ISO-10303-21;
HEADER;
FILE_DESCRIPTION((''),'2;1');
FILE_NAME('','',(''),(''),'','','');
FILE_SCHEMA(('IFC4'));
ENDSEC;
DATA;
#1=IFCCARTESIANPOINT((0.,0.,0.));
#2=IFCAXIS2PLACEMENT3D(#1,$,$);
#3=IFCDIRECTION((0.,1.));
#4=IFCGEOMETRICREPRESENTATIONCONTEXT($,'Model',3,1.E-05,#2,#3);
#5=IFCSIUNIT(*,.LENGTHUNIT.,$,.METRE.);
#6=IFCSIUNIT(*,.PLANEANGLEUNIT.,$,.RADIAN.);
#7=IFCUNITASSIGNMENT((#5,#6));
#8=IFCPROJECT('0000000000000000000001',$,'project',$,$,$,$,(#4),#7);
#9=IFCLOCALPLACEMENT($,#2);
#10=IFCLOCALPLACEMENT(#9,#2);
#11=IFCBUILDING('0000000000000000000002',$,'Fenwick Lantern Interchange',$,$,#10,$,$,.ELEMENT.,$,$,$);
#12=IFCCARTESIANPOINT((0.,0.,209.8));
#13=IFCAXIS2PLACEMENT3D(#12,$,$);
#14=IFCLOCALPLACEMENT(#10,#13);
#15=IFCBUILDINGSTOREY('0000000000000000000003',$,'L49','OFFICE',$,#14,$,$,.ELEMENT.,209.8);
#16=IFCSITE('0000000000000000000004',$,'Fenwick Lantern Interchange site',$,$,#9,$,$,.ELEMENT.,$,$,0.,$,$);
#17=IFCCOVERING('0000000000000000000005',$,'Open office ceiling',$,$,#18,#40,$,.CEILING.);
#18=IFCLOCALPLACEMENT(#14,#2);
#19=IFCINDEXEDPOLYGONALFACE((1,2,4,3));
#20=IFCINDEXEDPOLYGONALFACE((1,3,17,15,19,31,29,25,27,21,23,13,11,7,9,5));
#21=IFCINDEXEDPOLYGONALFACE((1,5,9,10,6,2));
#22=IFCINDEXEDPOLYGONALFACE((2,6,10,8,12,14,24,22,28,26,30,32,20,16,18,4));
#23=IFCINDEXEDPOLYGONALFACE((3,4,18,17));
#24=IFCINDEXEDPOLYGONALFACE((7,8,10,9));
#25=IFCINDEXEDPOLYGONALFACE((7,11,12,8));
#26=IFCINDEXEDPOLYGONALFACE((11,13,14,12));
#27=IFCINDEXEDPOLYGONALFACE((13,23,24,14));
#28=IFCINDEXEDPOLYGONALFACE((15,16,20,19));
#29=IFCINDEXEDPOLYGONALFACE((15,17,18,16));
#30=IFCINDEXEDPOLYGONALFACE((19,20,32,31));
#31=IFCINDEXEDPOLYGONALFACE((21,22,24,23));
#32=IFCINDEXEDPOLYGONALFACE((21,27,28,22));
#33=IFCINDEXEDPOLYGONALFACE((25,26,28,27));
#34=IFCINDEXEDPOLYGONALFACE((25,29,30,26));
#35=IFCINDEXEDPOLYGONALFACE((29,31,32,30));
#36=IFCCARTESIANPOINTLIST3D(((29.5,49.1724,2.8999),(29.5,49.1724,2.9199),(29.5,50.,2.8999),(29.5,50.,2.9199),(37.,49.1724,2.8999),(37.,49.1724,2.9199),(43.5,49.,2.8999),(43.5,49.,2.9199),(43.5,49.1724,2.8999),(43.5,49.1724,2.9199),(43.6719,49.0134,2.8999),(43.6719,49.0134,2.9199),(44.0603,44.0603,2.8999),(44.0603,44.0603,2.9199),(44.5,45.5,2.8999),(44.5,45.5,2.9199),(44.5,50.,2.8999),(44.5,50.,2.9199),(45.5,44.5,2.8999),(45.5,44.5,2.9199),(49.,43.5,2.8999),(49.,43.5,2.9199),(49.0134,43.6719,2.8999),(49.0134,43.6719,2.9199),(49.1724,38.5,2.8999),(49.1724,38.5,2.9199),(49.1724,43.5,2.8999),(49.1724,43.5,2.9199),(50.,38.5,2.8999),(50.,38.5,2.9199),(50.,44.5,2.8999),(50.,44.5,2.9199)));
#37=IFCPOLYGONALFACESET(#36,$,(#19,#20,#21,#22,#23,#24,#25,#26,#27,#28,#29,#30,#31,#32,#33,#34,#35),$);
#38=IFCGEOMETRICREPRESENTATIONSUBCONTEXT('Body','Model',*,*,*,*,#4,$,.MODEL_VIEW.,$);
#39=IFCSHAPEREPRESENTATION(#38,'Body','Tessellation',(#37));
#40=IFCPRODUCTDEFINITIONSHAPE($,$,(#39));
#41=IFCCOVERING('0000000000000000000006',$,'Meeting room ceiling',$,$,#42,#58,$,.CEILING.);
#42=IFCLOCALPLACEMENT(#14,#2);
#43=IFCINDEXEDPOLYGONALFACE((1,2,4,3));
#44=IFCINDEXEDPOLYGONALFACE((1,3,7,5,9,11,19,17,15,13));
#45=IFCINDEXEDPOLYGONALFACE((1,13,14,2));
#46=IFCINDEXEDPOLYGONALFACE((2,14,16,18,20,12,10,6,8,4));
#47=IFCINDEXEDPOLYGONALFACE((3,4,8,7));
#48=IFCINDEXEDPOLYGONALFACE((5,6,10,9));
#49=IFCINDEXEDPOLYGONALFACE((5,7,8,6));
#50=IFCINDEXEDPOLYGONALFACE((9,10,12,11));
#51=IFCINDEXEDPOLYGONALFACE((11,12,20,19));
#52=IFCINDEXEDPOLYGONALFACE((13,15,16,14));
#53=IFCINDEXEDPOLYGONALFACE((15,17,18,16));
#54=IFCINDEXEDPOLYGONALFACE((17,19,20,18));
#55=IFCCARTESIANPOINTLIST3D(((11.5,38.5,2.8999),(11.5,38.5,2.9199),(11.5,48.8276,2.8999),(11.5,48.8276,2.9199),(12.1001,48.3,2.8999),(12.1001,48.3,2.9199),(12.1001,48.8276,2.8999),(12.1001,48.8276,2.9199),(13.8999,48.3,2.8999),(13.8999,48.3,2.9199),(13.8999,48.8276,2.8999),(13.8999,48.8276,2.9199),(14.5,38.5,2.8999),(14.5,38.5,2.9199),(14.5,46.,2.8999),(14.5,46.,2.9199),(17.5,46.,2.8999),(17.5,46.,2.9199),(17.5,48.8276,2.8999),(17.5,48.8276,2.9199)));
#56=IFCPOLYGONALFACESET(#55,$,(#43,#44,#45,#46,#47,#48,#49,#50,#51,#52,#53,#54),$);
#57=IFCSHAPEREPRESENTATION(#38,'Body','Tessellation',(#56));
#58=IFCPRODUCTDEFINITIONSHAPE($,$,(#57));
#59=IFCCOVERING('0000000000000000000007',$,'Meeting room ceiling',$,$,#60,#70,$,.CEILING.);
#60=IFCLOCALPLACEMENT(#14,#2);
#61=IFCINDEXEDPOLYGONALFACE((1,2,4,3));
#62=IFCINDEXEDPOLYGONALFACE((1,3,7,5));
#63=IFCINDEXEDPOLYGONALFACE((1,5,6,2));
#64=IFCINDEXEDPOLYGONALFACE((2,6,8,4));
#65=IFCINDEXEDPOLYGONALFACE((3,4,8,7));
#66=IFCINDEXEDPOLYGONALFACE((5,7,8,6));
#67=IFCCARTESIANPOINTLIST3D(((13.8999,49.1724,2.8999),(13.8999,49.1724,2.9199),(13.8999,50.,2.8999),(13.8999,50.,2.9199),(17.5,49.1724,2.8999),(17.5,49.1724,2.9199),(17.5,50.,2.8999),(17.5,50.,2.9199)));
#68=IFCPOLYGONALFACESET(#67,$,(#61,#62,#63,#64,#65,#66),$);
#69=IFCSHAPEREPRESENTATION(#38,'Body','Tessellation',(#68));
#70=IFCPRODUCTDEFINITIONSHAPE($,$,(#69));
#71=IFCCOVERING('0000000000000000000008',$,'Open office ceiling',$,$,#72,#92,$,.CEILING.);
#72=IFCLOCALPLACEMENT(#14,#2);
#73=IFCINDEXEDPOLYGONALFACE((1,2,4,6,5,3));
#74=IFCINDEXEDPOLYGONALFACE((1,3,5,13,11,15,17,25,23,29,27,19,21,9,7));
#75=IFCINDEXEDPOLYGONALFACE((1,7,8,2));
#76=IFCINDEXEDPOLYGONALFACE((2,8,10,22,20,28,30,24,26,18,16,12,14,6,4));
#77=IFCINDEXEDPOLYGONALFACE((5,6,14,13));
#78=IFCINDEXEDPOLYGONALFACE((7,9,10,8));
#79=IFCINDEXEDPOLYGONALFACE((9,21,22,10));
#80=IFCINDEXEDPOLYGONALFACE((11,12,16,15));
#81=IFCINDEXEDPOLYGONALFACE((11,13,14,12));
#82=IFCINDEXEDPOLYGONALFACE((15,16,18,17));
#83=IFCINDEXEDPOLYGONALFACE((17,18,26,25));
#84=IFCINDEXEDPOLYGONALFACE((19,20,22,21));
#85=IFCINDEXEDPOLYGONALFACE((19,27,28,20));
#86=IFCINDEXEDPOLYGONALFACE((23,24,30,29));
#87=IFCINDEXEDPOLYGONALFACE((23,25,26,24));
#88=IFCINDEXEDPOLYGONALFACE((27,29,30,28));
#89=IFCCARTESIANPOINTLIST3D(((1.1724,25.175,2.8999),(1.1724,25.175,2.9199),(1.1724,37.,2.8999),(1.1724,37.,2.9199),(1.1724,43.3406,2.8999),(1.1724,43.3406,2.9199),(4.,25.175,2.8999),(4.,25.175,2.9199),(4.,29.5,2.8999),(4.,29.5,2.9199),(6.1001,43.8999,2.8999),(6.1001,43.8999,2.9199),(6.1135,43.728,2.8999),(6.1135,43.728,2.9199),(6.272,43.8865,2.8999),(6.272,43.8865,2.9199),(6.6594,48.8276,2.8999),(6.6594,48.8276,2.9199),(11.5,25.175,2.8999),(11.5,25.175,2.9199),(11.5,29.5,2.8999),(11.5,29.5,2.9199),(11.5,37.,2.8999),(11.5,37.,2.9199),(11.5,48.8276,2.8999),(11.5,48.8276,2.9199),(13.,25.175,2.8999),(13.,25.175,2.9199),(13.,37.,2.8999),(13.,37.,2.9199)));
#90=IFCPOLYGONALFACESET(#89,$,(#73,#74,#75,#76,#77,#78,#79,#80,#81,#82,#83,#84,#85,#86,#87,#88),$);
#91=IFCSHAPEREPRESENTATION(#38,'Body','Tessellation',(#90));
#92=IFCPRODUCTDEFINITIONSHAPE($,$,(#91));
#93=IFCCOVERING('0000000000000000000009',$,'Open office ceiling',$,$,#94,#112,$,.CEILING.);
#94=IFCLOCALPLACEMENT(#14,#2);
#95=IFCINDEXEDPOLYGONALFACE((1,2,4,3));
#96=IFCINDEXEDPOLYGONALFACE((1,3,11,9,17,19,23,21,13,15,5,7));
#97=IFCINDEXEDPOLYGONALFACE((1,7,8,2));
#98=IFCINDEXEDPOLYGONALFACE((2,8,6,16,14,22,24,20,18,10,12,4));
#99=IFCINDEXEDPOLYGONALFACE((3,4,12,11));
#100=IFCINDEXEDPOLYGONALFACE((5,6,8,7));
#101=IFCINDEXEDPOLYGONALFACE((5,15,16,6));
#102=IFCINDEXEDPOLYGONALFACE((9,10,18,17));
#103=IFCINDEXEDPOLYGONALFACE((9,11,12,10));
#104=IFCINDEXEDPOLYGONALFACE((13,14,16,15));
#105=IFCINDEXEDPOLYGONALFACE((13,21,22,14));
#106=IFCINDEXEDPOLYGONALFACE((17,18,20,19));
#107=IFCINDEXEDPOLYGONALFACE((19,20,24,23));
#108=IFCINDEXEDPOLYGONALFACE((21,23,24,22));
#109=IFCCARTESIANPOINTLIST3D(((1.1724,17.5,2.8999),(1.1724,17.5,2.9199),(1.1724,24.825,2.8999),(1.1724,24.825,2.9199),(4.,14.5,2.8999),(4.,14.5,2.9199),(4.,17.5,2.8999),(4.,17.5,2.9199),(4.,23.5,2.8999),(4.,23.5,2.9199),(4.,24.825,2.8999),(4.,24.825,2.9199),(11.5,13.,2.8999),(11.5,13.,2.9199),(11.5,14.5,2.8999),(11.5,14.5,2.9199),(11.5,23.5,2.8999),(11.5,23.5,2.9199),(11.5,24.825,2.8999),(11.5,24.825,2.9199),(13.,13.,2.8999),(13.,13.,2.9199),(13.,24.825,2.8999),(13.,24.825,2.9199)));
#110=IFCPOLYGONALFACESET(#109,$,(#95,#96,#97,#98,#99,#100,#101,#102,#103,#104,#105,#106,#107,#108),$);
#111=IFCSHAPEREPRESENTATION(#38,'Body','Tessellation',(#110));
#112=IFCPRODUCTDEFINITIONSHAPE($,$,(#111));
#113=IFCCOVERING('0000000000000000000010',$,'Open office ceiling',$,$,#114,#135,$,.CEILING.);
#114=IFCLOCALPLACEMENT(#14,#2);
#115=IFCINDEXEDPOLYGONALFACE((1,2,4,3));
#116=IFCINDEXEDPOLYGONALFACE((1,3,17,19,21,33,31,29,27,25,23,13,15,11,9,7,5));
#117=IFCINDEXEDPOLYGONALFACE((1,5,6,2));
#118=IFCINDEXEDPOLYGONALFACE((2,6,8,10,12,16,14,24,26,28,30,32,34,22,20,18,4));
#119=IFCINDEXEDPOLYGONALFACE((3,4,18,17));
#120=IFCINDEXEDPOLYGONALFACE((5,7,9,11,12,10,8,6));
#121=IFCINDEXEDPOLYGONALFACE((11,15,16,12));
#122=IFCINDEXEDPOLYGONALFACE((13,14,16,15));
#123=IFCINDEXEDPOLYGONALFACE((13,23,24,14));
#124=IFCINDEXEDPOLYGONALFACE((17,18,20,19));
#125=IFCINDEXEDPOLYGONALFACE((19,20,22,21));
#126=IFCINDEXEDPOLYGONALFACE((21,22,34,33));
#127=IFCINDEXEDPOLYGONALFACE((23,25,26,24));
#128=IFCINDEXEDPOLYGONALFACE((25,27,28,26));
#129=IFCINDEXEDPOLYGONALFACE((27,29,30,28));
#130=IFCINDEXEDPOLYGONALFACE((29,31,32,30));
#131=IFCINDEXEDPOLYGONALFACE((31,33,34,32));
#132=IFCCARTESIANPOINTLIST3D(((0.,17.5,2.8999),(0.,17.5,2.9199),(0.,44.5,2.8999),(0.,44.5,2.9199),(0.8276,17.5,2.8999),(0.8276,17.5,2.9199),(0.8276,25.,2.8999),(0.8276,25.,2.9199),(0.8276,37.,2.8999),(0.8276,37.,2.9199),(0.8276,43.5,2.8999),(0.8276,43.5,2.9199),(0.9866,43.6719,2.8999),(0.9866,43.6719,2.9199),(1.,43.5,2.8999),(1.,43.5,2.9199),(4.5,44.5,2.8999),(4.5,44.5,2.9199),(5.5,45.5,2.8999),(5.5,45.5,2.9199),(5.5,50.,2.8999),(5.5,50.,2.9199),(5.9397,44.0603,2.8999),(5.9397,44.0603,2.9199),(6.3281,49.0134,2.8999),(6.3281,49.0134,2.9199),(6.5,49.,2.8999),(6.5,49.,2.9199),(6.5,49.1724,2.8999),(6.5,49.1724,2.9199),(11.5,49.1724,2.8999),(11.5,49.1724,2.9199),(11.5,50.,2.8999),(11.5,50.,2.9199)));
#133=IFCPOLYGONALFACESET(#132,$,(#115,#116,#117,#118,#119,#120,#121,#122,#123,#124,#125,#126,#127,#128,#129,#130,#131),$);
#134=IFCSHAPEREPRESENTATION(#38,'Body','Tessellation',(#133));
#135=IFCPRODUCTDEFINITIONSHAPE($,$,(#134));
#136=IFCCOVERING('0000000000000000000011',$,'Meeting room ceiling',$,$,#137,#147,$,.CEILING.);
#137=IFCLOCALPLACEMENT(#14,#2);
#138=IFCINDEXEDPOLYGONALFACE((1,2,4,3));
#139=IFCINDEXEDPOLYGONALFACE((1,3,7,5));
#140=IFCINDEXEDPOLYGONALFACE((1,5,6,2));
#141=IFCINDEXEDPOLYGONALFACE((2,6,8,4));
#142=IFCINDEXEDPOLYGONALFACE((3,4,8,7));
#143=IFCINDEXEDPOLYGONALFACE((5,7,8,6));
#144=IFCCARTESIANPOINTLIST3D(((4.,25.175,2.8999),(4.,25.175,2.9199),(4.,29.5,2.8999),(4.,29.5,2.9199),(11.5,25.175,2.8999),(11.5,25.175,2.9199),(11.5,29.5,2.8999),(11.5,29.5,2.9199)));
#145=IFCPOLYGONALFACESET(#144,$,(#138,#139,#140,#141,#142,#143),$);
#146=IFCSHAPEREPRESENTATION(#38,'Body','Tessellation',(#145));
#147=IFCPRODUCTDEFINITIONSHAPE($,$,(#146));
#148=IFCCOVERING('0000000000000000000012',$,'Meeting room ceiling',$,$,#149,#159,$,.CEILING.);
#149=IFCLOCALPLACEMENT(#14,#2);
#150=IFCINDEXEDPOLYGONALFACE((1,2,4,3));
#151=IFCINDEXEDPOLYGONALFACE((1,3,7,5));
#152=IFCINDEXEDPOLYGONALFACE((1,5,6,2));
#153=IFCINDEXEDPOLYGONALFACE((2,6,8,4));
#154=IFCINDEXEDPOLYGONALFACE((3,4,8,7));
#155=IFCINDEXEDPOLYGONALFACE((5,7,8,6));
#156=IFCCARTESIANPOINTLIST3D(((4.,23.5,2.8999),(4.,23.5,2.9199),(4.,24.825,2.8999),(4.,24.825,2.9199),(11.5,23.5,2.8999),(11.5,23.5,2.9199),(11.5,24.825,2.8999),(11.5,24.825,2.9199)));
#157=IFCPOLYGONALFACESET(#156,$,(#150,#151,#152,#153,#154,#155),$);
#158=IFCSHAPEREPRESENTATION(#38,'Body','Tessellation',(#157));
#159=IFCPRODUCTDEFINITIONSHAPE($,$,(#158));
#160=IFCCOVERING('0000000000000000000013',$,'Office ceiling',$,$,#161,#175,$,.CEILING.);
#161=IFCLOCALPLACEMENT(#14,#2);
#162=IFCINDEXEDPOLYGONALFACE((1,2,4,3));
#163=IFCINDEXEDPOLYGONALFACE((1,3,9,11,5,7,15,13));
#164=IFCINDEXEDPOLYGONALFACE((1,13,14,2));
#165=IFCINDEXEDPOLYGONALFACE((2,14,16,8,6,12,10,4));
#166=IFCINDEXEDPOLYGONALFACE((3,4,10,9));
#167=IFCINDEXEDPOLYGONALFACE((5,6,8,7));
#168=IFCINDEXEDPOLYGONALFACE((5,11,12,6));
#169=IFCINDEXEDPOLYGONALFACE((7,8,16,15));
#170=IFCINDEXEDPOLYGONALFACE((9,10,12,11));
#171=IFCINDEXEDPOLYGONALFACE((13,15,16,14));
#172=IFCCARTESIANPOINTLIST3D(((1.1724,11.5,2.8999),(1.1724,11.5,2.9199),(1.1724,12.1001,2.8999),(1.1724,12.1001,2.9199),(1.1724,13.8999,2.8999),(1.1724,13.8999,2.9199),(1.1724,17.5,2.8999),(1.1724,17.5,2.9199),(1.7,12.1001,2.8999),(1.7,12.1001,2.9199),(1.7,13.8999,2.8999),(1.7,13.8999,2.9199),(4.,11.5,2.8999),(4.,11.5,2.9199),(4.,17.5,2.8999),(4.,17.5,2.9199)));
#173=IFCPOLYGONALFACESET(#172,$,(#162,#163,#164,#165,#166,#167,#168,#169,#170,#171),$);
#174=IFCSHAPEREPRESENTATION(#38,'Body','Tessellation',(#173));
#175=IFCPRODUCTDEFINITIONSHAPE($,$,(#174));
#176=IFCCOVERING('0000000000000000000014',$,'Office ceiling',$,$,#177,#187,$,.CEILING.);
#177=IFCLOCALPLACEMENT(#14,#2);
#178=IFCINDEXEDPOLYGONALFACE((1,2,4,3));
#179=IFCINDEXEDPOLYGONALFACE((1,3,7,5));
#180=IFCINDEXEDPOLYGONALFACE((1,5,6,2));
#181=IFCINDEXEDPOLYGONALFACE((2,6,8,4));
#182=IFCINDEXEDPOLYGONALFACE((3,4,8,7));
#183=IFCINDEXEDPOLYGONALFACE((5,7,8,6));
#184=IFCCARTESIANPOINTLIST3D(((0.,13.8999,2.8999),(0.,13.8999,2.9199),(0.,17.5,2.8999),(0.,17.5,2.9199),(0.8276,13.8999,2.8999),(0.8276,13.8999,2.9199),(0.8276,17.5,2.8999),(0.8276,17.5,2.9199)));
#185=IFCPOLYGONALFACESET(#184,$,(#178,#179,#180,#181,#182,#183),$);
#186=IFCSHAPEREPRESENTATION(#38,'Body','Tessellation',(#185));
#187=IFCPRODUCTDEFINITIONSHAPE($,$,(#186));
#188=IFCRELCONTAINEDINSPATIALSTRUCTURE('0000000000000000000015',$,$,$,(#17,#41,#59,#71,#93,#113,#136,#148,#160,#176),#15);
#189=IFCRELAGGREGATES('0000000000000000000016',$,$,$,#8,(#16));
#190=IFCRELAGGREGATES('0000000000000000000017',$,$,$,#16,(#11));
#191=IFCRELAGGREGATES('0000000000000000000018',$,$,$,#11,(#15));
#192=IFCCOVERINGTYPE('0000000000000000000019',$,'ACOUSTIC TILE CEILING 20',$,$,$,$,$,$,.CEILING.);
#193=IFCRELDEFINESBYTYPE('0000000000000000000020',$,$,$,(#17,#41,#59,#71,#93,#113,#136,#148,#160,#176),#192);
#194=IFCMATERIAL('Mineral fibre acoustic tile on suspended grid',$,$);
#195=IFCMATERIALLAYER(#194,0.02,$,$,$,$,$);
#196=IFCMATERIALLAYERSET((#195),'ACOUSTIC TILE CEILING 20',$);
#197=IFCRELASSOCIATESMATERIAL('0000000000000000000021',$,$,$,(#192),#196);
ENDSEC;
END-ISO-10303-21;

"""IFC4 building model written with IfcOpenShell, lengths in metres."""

from ifc_helpers import new_model, si_unit, direction, frame, origin, place, context, subcontext, project, spatial, polyline, outline, extrude, material, layer, layer_set, type_object, element, save


model = new_model("IFC4")

# Units and contexts
model_context = context("Model", 3, precision=1e-05, world=origin(), true_north=direction((0.0, 1.0)))
body_context = subcontext(model_context, "Body", "Model", "MODEL_VIEW")
ifc_project = project(units=[si_unit("LENGTHUNIT", "METRE"), si_unit("PLANEANGLEUNIT", "RADIAN")], contexts=[model_context])

# Site, building, storey
site_placement = place(None, origin())
site = spatial("IfcSite", under=ifc_project, at=site_placement, Name="Fenwick Lantern Interchange site", CompositionType="ELEMENT", RefElevation=0.0)
building_placement = place(site_placement, origin())
building = spatial("IfcBuilding", under=site, at=building_placement, Name="Fenwick Lantern Interchange", CompositionType="ELEMENT")
storey_placement = place(building_placement, frame((0.0, 0.0, 209.8)))
storey = spatial("IfcBuildingStorey", under=building, at=storey_placement, Name="L49", Description="OFFICE", CompositionType="ELEMENT", Elevation=209.8)

# Coverings
ifc_material_1 = material(Name="Mineral fibre acoustic tile on suspended grid")
ifc_layer_1 = layer(ifc_material_1, 0.02)
ifc_layer_set_1 = layer_set([ifc_layer_1], Name="ACOUSTIC TILE CEILING 20")
covering_type_1 = type_object("IfcCoveringType", Name="ACOUSTIC TILE CEILING 20", PredefinedType="CEILING", material=ifc_layer_set_1)
covering_1_placement = place(storey_placement, frame((0.0, 0.0, 2.8999)))
element("IfcCovering", 1, at=covering_1_placement, inside=storey, type_object=covering_type_1, Name="Open office ceiling", PredefinedType="CEILING", context=body_context, shape_type="SweptSolid", body=[
    extrude(outline(polyline([(44.5, 50.0), (29.5, 50.0), (29.5, 49.1724), (37.0, 49.1724), (43.5, 49.1724), (43.5, 49.0), (43.6719, 49.0134), (44.0603, 44.0603), (49.0134, 43.6719), (49.0, 43.5), (49.1724, 43.5), (49.1724, 38.5), (50.0, 38.5), (50.0, 44.5), (45.5, 44.5), (44.5, 45.5), (44.5, 50.0)])), origin(), (0.0, 0.0, 1.0), 0.02),
])
covering_2_placement = place(storey_placement, frame((0.0, 0.0, 2.8999)))
element("IfcCovering", 2, at=covering_2_placement, inside=storey, type_object=covering_type_1, Name="Meeting room ceiling", PredefinedType="CEILING", context=body_context, shape_type="SweptSolid", body=[
    extrude(outline(polyline([(12.1001, 48.3), (12.1001, 48.8276), (11.5, 48.8276), (11.5, 38.5), (14.5, 38.5), (14.5, 46.0), (17.5, 46.0), (17.5, 48.8276), (13.8999, 48.8276), (13.8999, 48.3), (12.1001, 48.3)])), origin(), (0.0, 0.0, 1.0), 0.02),
])
covering_3_placement = place(storey_placement, frame((0.0, 0.0, 2.8999)))
element("IfcCovering", 3, at=covering_3_placement, inside=storey, type_object=covering_type_1, Name="Meeting room ceiling", PredefinedType="CEILING", context=body_context, shape_type="SweptSolid", body=[
    extrude(outline(polyline([(13.8999, 50.0), (13.8999, 49.1724), (17.5, 49.1724), (17.5, 50.0), (13.8999, 50.0)])), origin(), (0.0, 0.0, 1.0), 0.02),
])
covering_4_placement = place(storey_placement, frame((0.0, 0.0, 2.8999)))
element("IfcCovering", 4, at=covering_4_placement, inside=storey, type_object=covering_type_1, Name="Open office ceiling", PredefinedType="CEILING", context=body_context, shape_type="SweptSolid", body=[
    extrude(outline(polyline([(11.5, 37.0), (11.5, 48.8276), (6.6594, 48.8276), (6.272, 43.8865), (6.1001, 43.8999), (6.1135, 43.728), (1.1724, 43.3406), (1.1724, 37.0), (1.1724, 25.175), (4.0, 25.175), (4.0, 29.5), (11.5, 29.5), (11.5, 25.175), (13.0, 25.175), (13.0, 37.0), (11.5, 37.0)])), origin(), (0.0, 0.0, 1.0), 0.02),
])
covering_5_placement = place(storey_placement, frame((0.0, 0.0, 2.8999)))
element("IfcCovering", 5, at=covering_5_placement, inside=storey, type_object=covering_type_1, Name="Open office ceiling", PredefinedType="CEILING", context=body_context, shape_type="SweptSolid", body=[
    extrude(outline(polyline([(4.0, 17.5), (4.0, 14.5), (11.5, 14.5), (11.5, 13.0), (13.0, 13.0), (13.0, 24.825), (11.5, 24.825), (11.5, 23.5), (4.0, 23.5), (4.0, 24.825), (1.1724, 24.825), (1.1724, 17.5), (4.0, 17.5)])), origin(), (0.0, 0.0, 1.0), 0.02),
])
covering_6_placement = place(storey_placement, frame((0.0, 0.0, 2.8999)))
element("IfcCovering", 6, at=covering_6_placement, inside=storey, type_object=covering_type_1, Name="Open office ceiling", PredefinedType="CEILING", context=body_context, shape_type="SweptSolid", body=[
    extrude(outline(polyline([(0.0, 17.5), (0.8276, 17.5), (0.8276, 25.0), (0.8276, 37.0), (0.8276, 43.5), (1.0, 43.5), (0.9866, 43.6719), (5.9397, 44.0603), (6.3281, 49.0134), (6.5, 49.0), (6.5, 49.1724), (11.5, 49.1724), (11.5, 50.0), (5.5, 50.0), (5.5, 45.5), (4.5, 44.5), (0.0, 44.5), (0.0, 17.5)])), origin(), (0.0, 0.0, 1.0), 0.02),
])
covering_7_placement = place(storey_placement, frame((0.0, 0.0, 2.8999)))
element("IfcCovering", 7, at=covering_7_placement, inside=storey, type_object=covering_type_1, Name="Meeting room ceiling", PredefinedType="CEILING", context=body_context, shape_type="SweptSolid", body=[
    extrude(outline(polyline([(11.5, 29.5), (4.0, 29.5), (4.0, 25.175), (11.5, 25.175), (11.5, 29.5)])), origin(), (0.0, 0.0, 1.0), 0.02),
])
covering_8_placement = place(storey_placement, frame((0.0, 0.0, 2.8999)))
element("IfcCovering", 8, at=covering_8_placement, inside=storey, type_object=covering_type_1, Name="Meeting room ceiling", PredefinedType="CEILING", context=body_context, shape_type="SweptSolid", body=[
    extrude(outline(polyline([(11.5, 23.5), (11.5, 24.825), (4.0, 24.825), (4.0, 23.5), (11.5, 23.5)])), origin(), (0.0, 0.0, 1.0), 0.02),
])
covering_9_placement = place(storey_placement, frame((0.0, 0.0, 2.8999)))
element("IfcCovering", 9, at=covering_9_placement, inside=storey, type_object=covering_type_1, Name="Office ceiling", PredefinedType="CEILING", context=body_context, shape_type="SweptSolid", body=[
    extrude(outline(polyline([(4.0, 17.5), (1.1724, 17.5), (1.1724, 13.8999), (1.7, 13.8999), (1.7, 12.1001), (1.1724, 12.1001), (1.1724, 11.5), (4.0, 11.5), (4.0, 17.5)])), origin(), (0.0, 0.0, 1.0), 0.02),
])
covering_10_placement = place(storey_placement, frame((0.0, 0.0, 2.8999)))
element("IfcCovering", 10, at=covering_10_placement, inside=storey, type_object=covering_type_1, Name="Office ceiling", PredefinedType="CEILING", context=body_context, shape_type="SweptSolid", body=[
    extrude(outline(polyline([(0.8276, 17.5), (0.0, 17.5), (0.0, 13.8999), (0.8276, 13.8999), (0.8276, 17.5)])), origin(), (0.0, 0.0, 1.0), 0.02),
])

save(model, "model.ifc")
